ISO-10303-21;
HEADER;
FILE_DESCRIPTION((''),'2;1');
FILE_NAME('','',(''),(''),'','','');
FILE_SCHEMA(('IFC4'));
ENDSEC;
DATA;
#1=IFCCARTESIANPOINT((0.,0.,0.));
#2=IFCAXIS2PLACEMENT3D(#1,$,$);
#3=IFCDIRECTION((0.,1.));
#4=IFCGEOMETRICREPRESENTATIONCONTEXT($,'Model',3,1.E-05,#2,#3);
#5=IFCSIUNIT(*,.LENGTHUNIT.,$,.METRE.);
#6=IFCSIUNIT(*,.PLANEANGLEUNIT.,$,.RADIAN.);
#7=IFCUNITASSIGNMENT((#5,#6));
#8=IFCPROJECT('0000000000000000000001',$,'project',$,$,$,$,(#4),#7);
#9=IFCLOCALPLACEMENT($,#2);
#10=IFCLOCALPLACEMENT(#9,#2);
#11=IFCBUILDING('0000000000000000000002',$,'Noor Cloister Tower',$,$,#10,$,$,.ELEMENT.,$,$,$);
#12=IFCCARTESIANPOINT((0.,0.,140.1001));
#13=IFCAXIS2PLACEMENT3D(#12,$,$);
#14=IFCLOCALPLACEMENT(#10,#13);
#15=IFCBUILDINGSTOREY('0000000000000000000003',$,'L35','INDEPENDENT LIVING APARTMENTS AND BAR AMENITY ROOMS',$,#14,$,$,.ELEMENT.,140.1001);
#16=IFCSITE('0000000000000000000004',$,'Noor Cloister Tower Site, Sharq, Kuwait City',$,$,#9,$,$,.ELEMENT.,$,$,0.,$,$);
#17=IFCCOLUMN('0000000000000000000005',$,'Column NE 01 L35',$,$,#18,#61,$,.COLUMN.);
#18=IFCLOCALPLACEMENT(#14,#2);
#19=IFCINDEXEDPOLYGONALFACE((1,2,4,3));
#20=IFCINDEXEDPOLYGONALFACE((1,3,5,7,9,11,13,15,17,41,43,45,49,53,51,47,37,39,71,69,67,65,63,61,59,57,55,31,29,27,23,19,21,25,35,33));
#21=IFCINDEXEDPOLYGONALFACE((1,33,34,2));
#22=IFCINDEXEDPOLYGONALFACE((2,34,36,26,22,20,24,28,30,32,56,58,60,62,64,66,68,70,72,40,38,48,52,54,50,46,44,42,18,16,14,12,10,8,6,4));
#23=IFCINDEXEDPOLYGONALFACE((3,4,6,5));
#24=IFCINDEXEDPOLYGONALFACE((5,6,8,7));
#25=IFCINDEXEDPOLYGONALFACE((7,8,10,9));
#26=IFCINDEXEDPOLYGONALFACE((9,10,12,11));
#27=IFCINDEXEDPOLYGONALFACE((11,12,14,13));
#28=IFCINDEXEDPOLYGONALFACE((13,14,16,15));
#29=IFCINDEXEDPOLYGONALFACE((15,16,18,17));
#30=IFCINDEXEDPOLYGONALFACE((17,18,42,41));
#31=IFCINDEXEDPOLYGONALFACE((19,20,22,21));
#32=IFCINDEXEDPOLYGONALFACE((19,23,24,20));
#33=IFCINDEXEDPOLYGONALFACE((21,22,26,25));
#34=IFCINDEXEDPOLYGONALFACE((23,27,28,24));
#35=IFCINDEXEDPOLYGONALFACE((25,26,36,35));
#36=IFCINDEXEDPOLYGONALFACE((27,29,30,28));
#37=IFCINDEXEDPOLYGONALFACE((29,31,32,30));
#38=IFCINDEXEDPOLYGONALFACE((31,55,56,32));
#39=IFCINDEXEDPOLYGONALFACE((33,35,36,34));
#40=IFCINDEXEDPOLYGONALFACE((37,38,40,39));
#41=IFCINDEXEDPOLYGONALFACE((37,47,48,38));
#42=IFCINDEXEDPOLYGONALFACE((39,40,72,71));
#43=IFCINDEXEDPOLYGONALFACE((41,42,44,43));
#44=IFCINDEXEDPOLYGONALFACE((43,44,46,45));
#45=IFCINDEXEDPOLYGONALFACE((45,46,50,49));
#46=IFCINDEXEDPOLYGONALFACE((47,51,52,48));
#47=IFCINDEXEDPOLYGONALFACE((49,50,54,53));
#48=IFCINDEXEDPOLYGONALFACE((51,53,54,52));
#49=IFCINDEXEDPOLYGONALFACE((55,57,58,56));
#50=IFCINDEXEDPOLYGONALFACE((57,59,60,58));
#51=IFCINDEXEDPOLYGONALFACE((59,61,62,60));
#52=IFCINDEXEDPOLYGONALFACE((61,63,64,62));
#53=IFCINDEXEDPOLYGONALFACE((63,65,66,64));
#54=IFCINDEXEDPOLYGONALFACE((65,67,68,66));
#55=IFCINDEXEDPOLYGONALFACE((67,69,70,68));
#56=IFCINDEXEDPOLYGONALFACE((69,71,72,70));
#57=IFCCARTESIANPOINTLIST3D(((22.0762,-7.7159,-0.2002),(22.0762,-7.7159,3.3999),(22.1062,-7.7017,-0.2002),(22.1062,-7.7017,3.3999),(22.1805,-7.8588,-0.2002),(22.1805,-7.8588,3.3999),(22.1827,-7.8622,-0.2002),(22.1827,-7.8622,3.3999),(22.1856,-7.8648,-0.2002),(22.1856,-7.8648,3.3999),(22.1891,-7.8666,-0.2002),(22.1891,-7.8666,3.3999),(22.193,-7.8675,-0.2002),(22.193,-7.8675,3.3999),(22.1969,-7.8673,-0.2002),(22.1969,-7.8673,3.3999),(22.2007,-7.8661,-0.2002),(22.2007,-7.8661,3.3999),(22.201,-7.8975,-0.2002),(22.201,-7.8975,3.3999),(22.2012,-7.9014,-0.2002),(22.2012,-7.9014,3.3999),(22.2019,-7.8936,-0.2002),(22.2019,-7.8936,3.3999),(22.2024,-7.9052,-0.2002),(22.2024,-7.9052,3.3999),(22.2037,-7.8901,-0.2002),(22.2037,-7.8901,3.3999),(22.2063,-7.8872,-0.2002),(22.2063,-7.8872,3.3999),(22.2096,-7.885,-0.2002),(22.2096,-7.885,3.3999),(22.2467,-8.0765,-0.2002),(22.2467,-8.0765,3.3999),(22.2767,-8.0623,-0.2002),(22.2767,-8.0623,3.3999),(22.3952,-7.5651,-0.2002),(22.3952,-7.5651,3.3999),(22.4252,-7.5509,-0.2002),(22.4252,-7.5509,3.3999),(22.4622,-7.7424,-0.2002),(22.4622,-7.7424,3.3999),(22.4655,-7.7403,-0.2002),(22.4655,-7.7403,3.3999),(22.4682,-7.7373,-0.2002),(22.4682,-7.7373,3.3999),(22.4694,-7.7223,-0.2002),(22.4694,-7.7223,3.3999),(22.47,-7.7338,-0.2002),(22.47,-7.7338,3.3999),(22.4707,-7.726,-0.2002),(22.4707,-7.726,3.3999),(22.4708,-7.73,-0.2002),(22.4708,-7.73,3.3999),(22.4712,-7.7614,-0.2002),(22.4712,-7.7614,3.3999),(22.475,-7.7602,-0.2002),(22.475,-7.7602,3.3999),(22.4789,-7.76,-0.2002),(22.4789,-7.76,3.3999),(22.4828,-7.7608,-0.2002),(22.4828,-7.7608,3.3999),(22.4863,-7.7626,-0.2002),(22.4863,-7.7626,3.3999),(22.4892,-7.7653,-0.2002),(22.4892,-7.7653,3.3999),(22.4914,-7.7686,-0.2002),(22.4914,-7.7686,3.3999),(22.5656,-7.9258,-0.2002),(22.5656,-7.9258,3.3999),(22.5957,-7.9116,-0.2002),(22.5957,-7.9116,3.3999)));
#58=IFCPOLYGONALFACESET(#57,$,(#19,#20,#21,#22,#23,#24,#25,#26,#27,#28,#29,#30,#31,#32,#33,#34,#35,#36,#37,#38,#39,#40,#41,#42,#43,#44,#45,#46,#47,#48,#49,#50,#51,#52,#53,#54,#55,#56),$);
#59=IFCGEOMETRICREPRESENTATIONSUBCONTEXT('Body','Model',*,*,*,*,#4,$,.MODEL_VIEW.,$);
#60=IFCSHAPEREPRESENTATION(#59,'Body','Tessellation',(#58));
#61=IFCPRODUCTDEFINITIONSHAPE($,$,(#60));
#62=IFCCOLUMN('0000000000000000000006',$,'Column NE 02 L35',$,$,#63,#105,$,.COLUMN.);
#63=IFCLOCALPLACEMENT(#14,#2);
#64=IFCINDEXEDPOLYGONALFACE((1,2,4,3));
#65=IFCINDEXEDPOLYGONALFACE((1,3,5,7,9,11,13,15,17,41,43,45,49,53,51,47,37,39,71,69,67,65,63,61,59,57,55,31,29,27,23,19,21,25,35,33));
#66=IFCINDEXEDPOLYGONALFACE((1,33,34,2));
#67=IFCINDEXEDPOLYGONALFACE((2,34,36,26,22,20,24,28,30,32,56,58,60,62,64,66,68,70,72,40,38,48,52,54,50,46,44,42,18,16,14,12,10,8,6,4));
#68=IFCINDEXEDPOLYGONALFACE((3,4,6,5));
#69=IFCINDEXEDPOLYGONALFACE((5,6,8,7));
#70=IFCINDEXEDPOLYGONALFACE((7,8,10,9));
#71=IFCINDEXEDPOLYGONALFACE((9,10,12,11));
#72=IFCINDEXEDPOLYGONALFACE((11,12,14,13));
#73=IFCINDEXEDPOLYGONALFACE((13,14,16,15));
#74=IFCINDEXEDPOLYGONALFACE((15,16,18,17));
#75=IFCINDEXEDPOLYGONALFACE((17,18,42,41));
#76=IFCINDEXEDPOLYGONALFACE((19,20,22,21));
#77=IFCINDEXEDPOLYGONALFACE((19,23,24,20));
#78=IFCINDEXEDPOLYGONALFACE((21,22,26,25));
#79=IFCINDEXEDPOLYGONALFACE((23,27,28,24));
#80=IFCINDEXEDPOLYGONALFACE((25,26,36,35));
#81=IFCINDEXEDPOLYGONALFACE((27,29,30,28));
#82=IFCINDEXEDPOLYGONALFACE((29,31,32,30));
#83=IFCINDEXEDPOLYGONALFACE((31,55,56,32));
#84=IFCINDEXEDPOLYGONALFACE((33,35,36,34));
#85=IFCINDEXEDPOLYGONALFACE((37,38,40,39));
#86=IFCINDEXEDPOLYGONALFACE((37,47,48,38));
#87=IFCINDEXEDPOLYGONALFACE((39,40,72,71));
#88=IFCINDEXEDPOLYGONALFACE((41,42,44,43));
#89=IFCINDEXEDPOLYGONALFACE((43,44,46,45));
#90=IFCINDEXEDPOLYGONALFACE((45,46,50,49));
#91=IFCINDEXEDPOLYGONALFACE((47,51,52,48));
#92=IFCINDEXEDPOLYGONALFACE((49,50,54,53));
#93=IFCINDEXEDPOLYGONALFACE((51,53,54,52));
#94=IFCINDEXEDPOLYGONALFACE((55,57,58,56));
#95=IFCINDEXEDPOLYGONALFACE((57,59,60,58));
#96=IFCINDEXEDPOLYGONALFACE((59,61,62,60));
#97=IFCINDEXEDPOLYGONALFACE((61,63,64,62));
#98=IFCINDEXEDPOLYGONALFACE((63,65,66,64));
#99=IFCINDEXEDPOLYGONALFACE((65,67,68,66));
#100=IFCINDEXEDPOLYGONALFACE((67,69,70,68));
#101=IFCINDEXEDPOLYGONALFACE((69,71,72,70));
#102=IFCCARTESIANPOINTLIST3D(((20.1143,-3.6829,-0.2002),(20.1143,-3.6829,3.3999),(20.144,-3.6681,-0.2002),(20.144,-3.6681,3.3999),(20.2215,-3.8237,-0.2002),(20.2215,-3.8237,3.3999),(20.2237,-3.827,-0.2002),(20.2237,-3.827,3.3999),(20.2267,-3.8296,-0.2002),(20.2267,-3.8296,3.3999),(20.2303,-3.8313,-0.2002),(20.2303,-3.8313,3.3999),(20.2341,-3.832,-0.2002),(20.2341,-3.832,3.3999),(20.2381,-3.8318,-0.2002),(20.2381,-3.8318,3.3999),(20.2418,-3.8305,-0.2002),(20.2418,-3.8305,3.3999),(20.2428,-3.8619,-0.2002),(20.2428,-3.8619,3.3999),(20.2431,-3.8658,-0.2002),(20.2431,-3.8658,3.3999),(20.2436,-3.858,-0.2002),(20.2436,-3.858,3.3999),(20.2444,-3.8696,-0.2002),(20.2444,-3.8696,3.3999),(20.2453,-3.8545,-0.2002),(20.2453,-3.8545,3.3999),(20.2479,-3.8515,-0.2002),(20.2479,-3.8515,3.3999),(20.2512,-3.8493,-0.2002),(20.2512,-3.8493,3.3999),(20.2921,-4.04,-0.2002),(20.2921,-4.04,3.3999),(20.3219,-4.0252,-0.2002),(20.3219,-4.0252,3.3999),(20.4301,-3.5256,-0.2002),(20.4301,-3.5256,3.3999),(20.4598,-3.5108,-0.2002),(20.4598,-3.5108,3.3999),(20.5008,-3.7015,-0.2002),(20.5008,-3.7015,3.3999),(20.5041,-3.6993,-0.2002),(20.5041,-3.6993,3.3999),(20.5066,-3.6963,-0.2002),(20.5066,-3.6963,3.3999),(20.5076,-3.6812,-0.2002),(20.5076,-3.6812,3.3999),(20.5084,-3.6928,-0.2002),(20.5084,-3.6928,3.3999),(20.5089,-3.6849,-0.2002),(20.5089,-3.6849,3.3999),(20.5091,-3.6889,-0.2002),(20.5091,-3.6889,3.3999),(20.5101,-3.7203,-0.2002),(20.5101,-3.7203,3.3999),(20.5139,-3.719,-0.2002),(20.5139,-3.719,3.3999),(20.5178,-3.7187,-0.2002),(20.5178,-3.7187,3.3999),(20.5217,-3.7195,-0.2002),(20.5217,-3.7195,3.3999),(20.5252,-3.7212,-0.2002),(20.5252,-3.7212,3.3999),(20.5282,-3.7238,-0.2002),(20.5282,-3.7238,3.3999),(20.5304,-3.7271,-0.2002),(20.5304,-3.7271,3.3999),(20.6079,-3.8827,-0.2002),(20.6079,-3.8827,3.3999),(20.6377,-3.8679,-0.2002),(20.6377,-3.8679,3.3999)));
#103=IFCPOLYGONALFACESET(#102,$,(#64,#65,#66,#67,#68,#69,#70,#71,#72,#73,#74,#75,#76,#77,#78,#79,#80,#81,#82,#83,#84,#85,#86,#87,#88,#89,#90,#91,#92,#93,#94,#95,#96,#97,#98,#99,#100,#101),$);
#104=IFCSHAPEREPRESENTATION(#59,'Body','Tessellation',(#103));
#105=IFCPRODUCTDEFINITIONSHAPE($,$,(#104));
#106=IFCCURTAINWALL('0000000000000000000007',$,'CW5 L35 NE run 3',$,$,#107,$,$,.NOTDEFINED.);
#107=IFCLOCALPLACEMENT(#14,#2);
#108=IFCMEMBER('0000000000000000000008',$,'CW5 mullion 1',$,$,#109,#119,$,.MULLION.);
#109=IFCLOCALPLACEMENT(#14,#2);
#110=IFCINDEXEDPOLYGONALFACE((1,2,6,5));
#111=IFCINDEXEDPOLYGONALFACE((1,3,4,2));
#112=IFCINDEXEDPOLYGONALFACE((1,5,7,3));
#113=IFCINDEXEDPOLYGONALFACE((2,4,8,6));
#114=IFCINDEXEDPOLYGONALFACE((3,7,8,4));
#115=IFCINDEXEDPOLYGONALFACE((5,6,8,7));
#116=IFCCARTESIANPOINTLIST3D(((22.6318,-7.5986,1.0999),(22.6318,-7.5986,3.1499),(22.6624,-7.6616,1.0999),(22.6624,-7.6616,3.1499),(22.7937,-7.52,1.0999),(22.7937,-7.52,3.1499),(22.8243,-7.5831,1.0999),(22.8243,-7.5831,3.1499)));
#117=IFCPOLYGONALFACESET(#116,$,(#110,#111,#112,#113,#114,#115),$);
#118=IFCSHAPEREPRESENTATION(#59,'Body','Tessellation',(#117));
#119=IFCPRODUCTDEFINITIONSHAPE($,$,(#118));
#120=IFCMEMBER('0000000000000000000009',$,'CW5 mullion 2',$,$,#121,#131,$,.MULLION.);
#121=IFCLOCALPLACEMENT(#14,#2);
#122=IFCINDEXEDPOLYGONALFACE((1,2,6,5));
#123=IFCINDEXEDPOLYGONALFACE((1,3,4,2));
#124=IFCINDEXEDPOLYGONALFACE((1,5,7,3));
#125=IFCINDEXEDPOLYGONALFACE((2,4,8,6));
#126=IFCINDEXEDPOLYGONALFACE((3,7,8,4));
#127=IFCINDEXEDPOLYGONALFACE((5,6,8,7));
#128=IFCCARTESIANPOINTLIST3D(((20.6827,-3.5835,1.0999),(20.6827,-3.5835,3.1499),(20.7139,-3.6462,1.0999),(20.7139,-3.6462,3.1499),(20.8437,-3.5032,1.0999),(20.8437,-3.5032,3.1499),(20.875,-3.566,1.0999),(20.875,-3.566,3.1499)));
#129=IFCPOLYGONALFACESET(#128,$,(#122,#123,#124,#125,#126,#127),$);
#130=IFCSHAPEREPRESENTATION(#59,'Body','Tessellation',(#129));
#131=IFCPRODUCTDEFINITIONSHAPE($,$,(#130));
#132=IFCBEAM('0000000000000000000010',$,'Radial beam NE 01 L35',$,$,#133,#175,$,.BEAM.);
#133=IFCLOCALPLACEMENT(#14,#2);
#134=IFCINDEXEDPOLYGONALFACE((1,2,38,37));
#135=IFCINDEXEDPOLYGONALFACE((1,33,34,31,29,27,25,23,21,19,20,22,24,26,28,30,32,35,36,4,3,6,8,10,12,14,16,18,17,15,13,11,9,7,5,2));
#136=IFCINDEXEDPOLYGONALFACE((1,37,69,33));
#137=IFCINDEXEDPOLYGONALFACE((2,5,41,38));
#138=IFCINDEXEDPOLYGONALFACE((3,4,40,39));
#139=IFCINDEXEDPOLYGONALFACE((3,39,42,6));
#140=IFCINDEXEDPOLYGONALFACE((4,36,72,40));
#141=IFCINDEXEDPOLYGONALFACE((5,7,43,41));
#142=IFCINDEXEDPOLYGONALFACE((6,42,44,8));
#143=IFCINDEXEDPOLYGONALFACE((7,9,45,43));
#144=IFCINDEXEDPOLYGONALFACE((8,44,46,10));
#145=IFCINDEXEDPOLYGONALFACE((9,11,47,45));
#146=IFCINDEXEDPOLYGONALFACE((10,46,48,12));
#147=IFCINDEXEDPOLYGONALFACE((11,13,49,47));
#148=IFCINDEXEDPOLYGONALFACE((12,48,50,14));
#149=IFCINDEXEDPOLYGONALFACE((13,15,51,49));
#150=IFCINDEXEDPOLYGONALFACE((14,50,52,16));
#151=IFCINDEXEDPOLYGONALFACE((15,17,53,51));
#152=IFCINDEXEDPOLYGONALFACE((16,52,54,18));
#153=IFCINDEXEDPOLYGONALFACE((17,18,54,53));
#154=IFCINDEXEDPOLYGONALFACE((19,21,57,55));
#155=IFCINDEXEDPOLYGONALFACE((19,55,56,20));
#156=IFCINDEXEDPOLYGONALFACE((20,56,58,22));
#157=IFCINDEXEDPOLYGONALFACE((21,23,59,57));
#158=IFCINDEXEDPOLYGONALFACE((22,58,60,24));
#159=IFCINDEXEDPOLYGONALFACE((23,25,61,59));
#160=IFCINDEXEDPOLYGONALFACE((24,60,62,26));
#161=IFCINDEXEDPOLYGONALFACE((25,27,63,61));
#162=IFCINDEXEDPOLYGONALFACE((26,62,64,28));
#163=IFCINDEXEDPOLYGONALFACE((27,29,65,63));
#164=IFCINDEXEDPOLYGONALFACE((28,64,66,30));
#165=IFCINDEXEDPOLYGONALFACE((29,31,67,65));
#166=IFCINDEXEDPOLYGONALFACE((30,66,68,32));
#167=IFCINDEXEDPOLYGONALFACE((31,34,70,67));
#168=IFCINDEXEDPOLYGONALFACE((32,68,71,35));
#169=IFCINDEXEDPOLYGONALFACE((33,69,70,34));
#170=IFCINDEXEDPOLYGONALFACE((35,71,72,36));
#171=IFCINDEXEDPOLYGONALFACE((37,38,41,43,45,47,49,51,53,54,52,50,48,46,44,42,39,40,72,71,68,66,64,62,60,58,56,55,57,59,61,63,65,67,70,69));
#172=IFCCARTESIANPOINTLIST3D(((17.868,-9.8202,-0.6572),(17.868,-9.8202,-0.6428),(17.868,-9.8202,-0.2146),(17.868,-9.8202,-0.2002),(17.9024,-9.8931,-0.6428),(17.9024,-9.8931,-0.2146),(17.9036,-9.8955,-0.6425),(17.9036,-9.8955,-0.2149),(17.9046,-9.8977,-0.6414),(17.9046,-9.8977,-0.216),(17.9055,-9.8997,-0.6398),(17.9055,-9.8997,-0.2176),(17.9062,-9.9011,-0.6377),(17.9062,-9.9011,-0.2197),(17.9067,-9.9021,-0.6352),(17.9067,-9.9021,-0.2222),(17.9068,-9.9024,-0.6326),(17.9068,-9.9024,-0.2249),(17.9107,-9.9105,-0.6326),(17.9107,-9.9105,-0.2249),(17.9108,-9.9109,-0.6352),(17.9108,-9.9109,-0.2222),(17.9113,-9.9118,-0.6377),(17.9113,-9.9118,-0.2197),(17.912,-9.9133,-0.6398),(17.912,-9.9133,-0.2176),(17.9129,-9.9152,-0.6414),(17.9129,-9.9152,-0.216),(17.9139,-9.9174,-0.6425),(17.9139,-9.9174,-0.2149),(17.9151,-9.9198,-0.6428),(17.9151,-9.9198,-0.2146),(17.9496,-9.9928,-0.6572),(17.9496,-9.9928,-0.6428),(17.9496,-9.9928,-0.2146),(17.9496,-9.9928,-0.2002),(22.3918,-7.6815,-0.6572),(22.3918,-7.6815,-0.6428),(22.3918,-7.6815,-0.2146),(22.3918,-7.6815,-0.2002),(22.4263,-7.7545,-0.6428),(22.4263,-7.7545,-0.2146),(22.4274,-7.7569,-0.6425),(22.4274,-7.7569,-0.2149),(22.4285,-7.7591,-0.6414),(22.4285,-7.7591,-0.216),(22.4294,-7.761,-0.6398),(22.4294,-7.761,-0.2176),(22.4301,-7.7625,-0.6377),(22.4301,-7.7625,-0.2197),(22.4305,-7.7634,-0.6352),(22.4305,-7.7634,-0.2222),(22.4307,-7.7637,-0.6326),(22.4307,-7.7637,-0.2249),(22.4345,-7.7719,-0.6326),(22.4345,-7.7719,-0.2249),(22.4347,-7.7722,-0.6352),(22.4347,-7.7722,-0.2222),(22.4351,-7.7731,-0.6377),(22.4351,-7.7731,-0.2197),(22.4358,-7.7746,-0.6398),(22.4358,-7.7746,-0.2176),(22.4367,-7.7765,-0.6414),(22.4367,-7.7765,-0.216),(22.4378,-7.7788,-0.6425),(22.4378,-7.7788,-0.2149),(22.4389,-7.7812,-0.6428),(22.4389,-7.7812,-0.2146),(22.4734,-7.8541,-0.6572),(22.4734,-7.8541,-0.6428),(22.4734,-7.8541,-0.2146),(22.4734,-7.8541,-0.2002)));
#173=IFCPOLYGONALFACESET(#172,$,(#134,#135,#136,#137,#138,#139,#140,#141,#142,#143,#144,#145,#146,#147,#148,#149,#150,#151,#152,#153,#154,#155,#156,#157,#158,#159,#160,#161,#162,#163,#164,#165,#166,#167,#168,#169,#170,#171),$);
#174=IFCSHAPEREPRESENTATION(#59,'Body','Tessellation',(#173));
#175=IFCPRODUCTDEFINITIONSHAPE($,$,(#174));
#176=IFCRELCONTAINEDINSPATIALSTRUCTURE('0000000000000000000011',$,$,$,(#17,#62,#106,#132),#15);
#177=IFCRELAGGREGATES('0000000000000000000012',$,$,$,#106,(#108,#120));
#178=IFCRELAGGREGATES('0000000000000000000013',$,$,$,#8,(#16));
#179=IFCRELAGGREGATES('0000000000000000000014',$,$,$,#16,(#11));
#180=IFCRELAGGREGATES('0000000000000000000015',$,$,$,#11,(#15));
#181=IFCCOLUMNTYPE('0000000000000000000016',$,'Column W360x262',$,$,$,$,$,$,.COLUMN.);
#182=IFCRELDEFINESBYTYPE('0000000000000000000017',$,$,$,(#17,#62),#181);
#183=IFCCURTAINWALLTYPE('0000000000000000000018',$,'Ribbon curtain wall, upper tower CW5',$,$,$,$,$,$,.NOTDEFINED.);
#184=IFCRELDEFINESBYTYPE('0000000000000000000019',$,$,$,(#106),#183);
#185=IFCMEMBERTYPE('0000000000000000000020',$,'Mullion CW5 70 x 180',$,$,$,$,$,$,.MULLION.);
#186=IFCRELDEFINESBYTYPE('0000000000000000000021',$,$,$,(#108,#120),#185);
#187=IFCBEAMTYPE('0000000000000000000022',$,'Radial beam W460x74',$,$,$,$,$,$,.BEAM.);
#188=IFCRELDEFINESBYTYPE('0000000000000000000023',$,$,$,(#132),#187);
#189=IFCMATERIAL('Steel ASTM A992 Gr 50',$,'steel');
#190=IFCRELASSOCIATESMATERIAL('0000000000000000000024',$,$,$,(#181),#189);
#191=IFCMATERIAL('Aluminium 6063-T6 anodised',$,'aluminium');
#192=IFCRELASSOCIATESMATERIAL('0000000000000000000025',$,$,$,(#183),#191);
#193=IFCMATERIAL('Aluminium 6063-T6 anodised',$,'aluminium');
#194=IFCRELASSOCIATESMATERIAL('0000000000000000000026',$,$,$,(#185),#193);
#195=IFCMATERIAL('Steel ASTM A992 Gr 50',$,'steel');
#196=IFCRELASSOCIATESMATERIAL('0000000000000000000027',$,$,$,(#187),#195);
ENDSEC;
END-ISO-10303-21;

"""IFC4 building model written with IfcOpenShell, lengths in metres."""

from ifc_helpers import new_model, si_unit, direction, frame, origin, origin_2d, place, context, subcontext, project, spatial, rectangle, i_section, extrude, material, material_profile, profile_set, type_object, element, aggregate, save


model = new_model("IFC4")

# Units and contexts
model_context = context("Model", 3, precision=1e-05, world=origin(), true_north=direction((0.0, 1.0)))
body_context = subcontext(model_context, "Body", "Model", "MODEL_VIEW")
ifc_project = project(units=[si_unit("LENGTHUNIT", "METRE"), si_unit("PLANEANGLEUNIT", "RADIAN")], contexts=[model_context])

# Site, building, storey
site_placement = place(None, origin())
site = spatial("IfcSite", under=ifc_project, at=site_placement, Name="Noor Cloister Tower Site, Sharq, Kuwait City", CompositionType="ELEMENT", RefElevation=0.0)
building_placement = place(site_placement, origin())
building = spatial("IfcBuilding", under=site, at=building_placement, Name="Noor Cloister Tower", CompositionType="ELEMENT")
storey_placement = place(building_placement, frame((0.0, 0.0, 140.1001)))
storey = spatial("IfcBuildingStorey", under=building, at=storey_placement, Name="L35", Description="INDEPENDENT LIVING APARTMENTS AND BAR AMENITY ROOMS", CompositionType="ELEMENT", Elevation=140.1001)

# Columns
ifc_material_1 = material(Name="Steel ASTM A992 Gr 50", Category="steel")
ifc_material_profile_1 = material_profile(ifc_material_1, i_section(OverallWidth=0.3989, OverallDepth=0.386, WebThickness=0.021, FlangeThickness=0.0332, FilletRadius=0.0151, at=origin_2d()), Name="W360x262")
ifc_profile_set_1 = profile_set([ifc_material_profile_1], Name="Steel ASTM A992 Gr 50")
column_type = type_object("IfcColumnType", Name="Column W360x262", PredefinedType="COLUMN", material=ifc_profile_set_1)
for number, where, z_axis, x_axis, name in (
    (1, (22.3359, -7.8137, -0.2002), (0.0, 0.0, 1.0), (-0.427373, 0.904075, 0.0), "Column NE 01 L35"),
    (2, (20.376, -3.7754, -0.2002), (0.0, 0.0, 1.0), (-0.445819, 0.895123, 0.0), "Column NE 02 L35"),
):
    element("IfcColumn", number, at=place(storey_placement, frame(where, z_axis=z_axis, x_axis=x_axis)), inside=storey, type_object=column_type, Name=name, PredefinedType="COLUMN", context=body_context, shape_type="SweptSolid", body=[
        extrude(i_section(OverallWidth=0.3989, OverallDepth=0.386, WebThickness=0.021, FlangeThickness=0.0332, FilletRadius=0.0151, at=origin_2d()), origin(), (0.0, 0.0, 1.0), 3.6001),
    ])

# Curtain wall, members
ifc_material_2 = material(Name="Aluminium 6063-T6 anodised", Category="aluminium")
curtain_wall_type = type_object("IfcCurtainWallType", Name="Ribbon curtain wall, upper tower CW5", PredefinedType="NOTDEFINED", material=ifc_material_2)
curtain_wall_placement = place(storey_placement, origin())
curtain_wall = element("IfcCurtainWall", 3, at=curtain_wall_placement, inside=storey, type_object=curtain_wall_type, Name="CW5 L35 NE run 3", PredefinedType="NOTDEFINED")
ifc_material_3 = material(Name="Aluminium 6063-T6 anodised", Category="aluminium")
ifc_material_profile_2 = material_profile(ifc_material_3, rectangle(XDim=0.1799, YDim=0.0701, at=origin_2d()), Name="180 x 70 mullion")
ifc_profile_set_2 = profile_set([ifc_material_profile_2], Name="Aluminium 6063-T6 anodised")
member_type = type_object("IfcMemberType", Name="Mullion CW5 70 x 180", PredefinedType="MULLION", material=ifc_profile_set_2)
member_1_placement = place(storey_placement, frame((22.728, -7.5908, 1.0999), z_axis=(0.0, 0.0, 1.0), x_axis=(-0.899647, -0.436619, 0.0)))
member_1 = element("IfcMember", 4, at=member_1_placement, type_object=member_type, Name="CW5 mullion 1", PredefinedType="MULLION", context=body_context, shape_type="SweptSolid", body=[
    extrude(rectangle(XDim=0.1799, YDim=0.0701, at=origin_2d()), origin(), (0.0, 0.0, 1.0), 2.05),
])
member_2_placement = place(storey_placement, frame((20.7788, -3.5747, 1.0999), z_axis=(0.0, 0.0, 1.0), x_axis=(-0.895123, -0.445819, 0.0)))
member_2 = element("IfcMember", 5, at=member_2_placement, type_object=member_type, Name="CW5 mullion 2", PredefinedType="MULLION", context=body_context, shape_type="SweptSolid", body=[
    extrude(rectangle(XDim=0.1799, YDim=0.0701, at=origin_2d()), origin(), (0.0, 0.0, 1.0), 2.05),
])

# Beam
ifc_material_4 = material(Name="Steel ASTM A992 Gr 50", Category="steel")
ifc_material_profile_3 = material_profile(ifc_material_4, i_section(OverallWidth=0.1909, OverallDepth=0.457, WebThickness=0.009, FlangeThickness=0.0144, FilletRadius=0.0103, at=origin_2d()), Name="W460x74")
ifc_profile_set_3 = profile_set([ifc_material_profile_3], Name="Steel ASTM A992 Gr 50")
beam_type_1 = type_object("IfcBeamType", Name="Radial beam W460x74", PredefinedType="BEAM", material=ifc_profile_set_3)
beam_1_placement = place(storey_placement, frame((22.4326, -7.7678, -0.4287), z_axis=(-0.904065, -0.427394, 0.0), x_axis=(0.427394, -0.904065, 0.0)))
element("IfcBeam", 6, at=beam_1_placement, inside=storey, type_object=beam_type_1, Name="Radial beam NE 01 L35", PredefinedType="BEAM", context=body_context, shape_type="SweptSolid", body=[
    extrude(i_section(OverallWidth=0.1909, OverallDepth=0.457, WebThickness=0.009, FlangeThickness=0.0144, FilletRadius=0.0103, at=origin_2d()), origin(), (0.0, 0.0, 1.0), 5.0039),
])

aggregate(curtain_wall, [member_1, member_2])

save(model, "model.ifc")
